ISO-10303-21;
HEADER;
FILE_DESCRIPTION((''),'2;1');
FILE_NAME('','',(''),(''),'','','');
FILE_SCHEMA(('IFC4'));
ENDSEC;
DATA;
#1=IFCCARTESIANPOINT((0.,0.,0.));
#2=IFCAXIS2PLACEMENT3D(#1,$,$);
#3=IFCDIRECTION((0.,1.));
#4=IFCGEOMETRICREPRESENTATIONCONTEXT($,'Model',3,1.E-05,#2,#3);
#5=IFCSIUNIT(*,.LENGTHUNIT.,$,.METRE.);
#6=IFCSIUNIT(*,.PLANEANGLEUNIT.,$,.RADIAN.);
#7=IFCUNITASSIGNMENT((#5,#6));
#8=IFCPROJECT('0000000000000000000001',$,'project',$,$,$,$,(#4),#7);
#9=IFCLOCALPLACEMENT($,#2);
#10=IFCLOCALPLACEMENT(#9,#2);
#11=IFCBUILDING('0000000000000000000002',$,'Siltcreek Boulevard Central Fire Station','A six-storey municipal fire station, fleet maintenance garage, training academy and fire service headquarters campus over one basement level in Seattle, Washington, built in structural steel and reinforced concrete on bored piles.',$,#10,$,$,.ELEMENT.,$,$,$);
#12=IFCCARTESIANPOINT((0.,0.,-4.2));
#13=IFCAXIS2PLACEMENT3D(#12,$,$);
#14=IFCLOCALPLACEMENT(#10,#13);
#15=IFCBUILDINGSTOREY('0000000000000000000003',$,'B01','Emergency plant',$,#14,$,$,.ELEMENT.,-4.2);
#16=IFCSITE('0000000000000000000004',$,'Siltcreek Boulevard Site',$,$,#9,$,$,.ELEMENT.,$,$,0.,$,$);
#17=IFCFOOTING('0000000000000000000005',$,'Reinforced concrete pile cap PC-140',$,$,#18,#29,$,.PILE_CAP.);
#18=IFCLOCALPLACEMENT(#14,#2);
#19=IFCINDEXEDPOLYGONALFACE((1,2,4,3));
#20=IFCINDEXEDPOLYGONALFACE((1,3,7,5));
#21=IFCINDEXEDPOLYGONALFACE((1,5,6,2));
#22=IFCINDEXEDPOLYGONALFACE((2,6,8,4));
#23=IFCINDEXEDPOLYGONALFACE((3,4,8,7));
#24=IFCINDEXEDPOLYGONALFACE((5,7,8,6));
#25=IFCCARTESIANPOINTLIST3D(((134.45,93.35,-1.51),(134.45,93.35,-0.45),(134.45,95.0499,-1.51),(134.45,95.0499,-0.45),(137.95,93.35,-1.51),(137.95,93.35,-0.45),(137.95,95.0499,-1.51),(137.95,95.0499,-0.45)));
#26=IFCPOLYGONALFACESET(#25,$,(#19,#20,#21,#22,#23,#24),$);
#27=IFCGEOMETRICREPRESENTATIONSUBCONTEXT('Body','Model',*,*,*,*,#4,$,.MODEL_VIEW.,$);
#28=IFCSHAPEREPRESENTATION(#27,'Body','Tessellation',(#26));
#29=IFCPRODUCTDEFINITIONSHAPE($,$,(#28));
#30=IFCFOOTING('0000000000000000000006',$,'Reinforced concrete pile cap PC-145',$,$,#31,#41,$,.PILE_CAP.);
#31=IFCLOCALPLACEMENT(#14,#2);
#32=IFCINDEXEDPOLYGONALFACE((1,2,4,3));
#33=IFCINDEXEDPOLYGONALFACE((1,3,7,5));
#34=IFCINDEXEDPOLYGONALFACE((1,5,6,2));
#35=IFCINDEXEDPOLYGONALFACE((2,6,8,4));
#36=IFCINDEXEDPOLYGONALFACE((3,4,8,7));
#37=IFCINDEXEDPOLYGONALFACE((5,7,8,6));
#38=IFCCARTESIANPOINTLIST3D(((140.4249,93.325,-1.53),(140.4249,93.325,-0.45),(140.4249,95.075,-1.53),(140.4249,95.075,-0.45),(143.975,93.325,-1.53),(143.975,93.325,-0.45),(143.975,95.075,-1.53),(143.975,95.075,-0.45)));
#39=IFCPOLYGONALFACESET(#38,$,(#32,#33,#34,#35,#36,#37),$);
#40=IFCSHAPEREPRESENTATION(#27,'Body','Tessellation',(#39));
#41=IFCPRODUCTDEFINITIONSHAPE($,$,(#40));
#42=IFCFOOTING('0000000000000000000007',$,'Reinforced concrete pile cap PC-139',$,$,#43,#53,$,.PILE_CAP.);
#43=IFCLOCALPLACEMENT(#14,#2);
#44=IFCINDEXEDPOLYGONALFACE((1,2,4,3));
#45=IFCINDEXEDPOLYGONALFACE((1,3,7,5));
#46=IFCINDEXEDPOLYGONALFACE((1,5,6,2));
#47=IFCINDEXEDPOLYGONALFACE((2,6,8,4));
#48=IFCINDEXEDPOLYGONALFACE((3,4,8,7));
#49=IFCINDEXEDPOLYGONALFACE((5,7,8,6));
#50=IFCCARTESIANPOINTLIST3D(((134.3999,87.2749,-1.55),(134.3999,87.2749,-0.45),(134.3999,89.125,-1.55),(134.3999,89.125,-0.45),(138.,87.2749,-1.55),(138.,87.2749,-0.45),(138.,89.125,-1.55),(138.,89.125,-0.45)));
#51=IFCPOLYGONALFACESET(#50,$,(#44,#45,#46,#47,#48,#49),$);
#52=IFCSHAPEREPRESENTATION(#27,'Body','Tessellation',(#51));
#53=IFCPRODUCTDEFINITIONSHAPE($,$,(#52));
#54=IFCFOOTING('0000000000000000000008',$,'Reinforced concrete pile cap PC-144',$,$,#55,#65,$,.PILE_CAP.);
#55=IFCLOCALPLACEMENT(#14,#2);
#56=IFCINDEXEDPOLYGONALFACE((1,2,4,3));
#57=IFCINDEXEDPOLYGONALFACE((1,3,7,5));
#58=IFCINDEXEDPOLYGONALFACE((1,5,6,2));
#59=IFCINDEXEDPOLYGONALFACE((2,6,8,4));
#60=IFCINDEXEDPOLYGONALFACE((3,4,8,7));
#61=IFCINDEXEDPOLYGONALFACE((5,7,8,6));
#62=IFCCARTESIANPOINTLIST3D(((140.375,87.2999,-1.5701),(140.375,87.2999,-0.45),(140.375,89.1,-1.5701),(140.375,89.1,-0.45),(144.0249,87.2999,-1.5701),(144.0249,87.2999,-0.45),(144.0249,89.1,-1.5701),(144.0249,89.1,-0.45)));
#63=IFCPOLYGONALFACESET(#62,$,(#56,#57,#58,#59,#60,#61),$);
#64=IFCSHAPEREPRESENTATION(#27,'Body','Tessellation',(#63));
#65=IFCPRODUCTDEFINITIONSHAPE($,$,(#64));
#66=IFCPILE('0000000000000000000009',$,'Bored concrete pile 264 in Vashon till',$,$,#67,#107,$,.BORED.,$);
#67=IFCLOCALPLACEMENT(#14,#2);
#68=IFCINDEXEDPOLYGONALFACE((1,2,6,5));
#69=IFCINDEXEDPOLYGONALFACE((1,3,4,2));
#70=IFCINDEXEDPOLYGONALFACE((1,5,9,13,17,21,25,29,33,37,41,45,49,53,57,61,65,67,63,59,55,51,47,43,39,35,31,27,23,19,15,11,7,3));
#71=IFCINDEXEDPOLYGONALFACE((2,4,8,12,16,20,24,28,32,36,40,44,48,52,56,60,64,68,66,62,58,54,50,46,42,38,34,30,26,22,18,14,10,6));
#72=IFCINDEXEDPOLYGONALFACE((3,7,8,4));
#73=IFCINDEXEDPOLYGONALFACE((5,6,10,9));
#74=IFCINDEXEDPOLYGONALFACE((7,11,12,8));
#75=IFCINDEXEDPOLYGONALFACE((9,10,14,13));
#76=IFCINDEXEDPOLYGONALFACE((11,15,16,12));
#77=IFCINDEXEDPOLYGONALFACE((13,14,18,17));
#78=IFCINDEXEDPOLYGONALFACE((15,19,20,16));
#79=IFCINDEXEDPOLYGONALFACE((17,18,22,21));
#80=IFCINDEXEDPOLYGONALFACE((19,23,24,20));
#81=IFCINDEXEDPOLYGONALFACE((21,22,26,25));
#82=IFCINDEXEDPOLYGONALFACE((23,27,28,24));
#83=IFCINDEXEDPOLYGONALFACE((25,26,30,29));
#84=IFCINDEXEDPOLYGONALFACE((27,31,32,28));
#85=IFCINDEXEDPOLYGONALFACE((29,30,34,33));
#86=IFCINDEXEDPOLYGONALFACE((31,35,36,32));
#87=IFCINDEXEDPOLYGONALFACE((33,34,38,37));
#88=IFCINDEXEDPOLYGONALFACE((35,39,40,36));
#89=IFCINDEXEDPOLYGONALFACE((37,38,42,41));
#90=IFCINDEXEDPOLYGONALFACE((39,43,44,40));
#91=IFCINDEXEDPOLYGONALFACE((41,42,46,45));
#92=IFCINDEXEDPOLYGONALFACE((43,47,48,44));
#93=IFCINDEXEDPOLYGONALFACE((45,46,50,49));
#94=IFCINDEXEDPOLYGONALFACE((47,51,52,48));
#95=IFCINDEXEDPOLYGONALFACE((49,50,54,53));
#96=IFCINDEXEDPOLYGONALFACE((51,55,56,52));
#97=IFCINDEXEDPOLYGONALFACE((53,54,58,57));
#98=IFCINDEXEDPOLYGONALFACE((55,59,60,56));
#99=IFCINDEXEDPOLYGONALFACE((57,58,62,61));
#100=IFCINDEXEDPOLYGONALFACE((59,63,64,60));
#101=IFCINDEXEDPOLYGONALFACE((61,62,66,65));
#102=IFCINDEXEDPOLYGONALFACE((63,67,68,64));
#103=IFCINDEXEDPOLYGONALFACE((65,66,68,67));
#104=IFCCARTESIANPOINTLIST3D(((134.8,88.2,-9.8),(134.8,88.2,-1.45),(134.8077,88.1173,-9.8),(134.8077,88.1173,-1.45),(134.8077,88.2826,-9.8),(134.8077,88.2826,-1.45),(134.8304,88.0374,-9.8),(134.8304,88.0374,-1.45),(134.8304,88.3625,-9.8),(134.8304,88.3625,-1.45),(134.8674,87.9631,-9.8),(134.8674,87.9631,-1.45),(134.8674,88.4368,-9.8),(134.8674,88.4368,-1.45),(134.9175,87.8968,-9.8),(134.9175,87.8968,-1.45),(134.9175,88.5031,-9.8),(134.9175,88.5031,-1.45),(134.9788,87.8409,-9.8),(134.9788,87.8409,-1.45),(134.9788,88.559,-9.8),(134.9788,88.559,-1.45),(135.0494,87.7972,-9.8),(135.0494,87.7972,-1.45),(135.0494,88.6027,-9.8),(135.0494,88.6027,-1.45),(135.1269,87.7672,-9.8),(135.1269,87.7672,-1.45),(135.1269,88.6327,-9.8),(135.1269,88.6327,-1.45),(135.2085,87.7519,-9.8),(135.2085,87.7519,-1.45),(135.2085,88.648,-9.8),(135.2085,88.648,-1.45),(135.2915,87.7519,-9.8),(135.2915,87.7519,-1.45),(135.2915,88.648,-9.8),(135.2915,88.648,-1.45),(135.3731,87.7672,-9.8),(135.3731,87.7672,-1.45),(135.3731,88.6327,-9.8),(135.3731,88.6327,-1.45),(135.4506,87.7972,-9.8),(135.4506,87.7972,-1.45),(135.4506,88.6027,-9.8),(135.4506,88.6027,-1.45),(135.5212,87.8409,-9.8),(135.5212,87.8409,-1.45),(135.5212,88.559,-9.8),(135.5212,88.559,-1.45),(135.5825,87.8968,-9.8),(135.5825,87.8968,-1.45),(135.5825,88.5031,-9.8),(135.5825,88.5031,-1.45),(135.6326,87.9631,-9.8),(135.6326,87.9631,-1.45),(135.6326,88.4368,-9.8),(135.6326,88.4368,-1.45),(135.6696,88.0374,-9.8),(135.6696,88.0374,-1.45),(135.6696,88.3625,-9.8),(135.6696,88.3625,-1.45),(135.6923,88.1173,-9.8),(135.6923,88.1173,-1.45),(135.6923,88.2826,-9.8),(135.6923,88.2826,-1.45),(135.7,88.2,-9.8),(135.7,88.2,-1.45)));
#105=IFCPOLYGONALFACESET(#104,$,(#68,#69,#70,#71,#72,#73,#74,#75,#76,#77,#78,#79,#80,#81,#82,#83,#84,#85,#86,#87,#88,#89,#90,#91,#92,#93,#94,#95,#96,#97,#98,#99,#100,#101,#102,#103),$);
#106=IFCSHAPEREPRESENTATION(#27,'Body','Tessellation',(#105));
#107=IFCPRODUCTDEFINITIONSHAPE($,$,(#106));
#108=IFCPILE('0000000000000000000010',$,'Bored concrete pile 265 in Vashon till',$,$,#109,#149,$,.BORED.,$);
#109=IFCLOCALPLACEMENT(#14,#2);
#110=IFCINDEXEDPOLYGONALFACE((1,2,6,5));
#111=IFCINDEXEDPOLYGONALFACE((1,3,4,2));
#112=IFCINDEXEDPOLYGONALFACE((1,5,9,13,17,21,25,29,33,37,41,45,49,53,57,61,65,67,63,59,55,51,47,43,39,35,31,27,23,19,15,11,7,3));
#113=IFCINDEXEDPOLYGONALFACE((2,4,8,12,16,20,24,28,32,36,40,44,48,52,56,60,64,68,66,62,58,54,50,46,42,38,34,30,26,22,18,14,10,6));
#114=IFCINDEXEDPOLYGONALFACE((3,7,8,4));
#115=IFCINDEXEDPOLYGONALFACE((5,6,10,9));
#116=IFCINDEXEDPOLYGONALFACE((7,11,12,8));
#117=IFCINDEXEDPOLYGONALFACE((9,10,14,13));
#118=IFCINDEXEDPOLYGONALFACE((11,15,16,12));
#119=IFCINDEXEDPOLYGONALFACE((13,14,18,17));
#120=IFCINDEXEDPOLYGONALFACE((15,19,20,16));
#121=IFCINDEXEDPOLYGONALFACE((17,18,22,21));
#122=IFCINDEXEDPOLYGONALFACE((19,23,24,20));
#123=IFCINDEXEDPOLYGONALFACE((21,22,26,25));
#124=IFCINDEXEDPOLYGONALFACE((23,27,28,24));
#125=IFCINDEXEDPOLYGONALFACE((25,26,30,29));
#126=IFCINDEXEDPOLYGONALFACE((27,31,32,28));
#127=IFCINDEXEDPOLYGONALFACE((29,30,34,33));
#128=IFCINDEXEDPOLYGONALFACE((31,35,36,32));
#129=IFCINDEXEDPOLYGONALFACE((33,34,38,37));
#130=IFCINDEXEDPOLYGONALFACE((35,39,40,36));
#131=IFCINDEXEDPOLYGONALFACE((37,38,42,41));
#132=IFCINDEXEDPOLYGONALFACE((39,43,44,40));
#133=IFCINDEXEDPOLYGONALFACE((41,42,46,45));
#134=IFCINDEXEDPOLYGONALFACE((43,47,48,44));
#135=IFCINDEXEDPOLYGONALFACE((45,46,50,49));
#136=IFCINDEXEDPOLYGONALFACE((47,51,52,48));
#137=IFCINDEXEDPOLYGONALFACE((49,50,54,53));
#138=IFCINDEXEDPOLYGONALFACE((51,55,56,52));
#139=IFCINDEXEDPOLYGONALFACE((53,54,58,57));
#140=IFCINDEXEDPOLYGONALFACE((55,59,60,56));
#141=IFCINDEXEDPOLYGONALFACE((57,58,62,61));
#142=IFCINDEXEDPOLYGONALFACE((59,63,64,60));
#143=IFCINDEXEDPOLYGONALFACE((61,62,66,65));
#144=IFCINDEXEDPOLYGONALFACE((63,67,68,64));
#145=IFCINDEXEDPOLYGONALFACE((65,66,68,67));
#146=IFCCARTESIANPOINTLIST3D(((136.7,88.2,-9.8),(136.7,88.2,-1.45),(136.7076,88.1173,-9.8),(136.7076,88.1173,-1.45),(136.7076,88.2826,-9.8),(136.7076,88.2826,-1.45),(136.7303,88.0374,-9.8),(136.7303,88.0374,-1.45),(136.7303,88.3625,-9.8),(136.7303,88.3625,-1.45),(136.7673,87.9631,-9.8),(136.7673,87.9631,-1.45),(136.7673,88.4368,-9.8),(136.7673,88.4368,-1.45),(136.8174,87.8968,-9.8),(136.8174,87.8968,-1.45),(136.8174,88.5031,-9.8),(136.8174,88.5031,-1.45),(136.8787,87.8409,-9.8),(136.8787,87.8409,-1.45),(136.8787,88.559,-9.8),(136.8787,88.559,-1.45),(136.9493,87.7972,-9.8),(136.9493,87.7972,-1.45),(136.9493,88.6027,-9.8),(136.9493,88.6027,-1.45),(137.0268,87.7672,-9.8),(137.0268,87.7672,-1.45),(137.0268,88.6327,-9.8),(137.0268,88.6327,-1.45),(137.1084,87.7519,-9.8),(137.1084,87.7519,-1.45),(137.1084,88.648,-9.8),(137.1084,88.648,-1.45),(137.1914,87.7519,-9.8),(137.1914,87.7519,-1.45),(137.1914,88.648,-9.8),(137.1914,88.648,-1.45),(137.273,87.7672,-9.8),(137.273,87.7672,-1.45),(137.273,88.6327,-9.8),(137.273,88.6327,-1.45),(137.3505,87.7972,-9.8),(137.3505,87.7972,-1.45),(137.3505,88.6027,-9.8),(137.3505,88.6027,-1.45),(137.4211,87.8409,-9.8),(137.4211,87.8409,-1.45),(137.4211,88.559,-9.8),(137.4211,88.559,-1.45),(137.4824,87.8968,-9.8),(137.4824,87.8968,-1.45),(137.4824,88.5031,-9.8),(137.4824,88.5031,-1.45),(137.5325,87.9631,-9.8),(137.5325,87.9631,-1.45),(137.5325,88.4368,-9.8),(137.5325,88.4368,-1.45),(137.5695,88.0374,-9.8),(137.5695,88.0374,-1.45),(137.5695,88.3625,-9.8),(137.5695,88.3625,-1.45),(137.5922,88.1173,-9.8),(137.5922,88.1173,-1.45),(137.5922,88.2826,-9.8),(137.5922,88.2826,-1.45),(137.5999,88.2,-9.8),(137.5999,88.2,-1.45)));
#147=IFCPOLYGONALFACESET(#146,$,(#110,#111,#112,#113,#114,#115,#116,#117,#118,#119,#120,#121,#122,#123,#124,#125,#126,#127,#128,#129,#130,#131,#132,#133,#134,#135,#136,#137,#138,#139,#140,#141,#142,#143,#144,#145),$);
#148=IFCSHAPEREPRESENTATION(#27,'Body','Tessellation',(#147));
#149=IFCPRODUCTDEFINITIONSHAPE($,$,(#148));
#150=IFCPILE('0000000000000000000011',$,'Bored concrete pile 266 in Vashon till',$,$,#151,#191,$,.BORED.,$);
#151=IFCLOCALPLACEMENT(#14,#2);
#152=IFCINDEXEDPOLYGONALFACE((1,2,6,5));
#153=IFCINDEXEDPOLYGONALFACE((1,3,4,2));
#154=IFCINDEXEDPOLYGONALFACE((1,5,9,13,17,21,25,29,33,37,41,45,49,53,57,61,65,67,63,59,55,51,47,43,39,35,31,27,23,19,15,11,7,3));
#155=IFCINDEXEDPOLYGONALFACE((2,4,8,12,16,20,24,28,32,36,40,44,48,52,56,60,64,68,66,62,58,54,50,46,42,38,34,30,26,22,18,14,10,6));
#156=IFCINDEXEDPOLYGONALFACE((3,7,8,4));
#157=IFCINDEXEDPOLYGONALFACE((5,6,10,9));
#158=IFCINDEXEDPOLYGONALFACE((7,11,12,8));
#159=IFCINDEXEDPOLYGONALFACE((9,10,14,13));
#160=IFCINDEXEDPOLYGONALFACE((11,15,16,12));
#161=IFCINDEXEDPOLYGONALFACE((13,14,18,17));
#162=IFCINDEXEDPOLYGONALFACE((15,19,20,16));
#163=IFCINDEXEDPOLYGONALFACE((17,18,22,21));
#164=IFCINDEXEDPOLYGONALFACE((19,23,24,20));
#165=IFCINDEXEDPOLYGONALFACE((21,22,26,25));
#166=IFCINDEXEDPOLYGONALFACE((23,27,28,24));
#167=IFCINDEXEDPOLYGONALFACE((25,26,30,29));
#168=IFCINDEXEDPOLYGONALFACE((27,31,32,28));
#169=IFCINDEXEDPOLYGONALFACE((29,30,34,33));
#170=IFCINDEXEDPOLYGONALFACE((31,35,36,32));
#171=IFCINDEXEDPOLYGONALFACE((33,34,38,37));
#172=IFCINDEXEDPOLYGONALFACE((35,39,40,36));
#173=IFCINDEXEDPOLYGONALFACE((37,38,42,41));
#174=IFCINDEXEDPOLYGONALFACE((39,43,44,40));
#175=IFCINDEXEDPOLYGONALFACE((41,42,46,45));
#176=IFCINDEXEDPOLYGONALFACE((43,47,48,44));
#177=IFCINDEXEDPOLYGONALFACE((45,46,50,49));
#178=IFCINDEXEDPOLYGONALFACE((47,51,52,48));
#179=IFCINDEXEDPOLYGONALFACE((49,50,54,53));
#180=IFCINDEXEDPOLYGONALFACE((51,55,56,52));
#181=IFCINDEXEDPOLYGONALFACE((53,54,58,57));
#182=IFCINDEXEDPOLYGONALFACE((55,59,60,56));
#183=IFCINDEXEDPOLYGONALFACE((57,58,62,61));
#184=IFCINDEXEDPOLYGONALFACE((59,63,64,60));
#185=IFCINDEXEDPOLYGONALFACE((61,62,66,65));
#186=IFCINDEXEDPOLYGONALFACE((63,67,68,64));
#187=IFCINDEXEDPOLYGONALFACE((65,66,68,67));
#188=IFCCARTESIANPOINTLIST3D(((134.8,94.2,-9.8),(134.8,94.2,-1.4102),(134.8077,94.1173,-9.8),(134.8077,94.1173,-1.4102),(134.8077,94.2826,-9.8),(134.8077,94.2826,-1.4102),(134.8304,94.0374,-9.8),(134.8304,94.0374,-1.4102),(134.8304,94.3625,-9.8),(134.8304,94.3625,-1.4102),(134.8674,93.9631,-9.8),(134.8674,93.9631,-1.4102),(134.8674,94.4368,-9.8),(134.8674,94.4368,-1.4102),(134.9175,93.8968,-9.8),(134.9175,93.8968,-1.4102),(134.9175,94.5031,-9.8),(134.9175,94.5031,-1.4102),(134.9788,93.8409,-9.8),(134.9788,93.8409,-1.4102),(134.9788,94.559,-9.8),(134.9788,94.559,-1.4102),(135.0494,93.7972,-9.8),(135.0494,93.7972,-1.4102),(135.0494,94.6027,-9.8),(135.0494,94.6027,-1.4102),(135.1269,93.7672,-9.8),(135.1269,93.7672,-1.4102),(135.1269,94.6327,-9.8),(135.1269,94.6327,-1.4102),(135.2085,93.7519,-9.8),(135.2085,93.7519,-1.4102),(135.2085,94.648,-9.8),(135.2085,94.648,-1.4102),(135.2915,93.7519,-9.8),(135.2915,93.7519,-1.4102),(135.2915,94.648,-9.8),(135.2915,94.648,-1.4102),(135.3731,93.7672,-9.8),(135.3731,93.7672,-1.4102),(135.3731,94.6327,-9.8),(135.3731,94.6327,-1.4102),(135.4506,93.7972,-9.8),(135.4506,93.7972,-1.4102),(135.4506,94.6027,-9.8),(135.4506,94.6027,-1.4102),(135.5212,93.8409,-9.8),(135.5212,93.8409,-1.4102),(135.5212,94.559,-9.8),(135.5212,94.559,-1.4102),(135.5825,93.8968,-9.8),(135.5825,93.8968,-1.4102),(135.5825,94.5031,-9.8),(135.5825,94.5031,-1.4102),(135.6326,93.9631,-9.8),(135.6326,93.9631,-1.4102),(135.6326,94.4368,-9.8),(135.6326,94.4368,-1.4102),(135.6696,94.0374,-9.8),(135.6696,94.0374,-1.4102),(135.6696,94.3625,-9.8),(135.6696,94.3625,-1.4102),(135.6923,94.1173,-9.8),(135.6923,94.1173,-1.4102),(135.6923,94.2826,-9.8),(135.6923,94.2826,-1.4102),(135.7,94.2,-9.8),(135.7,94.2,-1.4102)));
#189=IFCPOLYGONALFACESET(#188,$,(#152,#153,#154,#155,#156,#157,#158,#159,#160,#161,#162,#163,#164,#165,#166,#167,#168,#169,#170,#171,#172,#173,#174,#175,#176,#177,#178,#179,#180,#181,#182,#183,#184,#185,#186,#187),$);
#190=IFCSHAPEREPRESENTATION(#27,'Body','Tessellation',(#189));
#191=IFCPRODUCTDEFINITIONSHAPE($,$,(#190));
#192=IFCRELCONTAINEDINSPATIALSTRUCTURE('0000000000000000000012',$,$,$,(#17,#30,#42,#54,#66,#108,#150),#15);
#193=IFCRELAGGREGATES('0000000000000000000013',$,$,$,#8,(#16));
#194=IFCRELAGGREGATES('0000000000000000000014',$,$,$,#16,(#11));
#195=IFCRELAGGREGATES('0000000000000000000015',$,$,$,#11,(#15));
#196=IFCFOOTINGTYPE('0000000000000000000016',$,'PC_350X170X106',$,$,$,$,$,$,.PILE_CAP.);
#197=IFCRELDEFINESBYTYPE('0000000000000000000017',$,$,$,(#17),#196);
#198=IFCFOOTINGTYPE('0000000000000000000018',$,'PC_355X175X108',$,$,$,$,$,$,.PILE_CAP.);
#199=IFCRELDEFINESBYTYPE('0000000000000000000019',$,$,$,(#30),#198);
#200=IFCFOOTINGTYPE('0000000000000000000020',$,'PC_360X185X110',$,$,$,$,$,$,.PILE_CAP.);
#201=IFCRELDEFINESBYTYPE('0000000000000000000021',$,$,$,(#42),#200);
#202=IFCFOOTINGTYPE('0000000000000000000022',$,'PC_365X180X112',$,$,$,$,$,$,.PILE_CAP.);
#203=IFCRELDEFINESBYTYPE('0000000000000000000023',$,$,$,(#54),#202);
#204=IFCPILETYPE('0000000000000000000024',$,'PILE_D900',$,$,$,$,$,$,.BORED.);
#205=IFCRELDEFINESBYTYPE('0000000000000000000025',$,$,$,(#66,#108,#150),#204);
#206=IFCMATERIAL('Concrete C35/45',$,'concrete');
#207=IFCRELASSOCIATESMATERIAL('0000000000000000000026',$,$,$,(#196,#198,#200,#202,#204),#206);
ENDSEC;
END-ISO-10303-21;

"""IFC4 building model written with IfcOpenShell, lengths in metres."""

from ifc_helpers import new_model, si_unit, direction, frame, origin, origin_2d, place, context, subcontext, project, spatial, rectangle, circle, extrude, material, material_profile, profile_set, type_object, element, save


model = new_model("IFC4")

# Units and contexts
model_context = context("Model", 3, precision=1e-05, world=origin(), true_north=direction((0.0, 1.0)))
body_context = subcontext(model_context, "Body", "Model", "MODEL_VIEW")
ifc_project = project(units=[si_unit("LENGTHUNIT", "METRE"), si_unit("PLANEANGLEUNIT", "RADIAN")], contexts=[model_context])

# Site, building, storey
site_placement = place(None, origin())
site = spatial("IfcSite", under=ifc_project, at=site_placement, Name="Siltcreek Boulevard Site", CompositionType="ELEMENT", RefElevation=0.0)
building_placement = place(site_placement, origin())
building = spatial("IfcBuilding", under=site, at=building_placement, Name="Siltcreek Boulevard Central Fire Station", Description="A six-storey municipal fire station, fleet maintenance garage, training academy and fire service headquarters campus over one basement level in Seattle, Washington, built in structural steel and reinforced concrete on bored piles.", CompositionType="ELEMENT")
storey_placement = place(building_placement, frame((0.0, 0.0, -4.2)))
storey = spatial("IfcBuildingStorey", under=building, at=storey_placement, Name="B01", Description="Emergency plant", CompositionType="ELEMENT", Elevation=-4.2)

# Footings
ifc_material_1 = material(Name="Concrete C35/45", Category="concrete")
footing_type_1 = type_object("IfcFootingType", Name="PC_350X170X106", PredefinedType="PILE_CAP", material=ifc_material_1)
footing_1_placement = place(storey_placement, frame((136.2, 94.2, -1.51), z_axis=(0.0, 0.0, 1.0), x_axis=(1.0, 0.0, 0.0)))
element("IfcFooting", 1, at=footing_1_placement, inside=storey, type_object=footing_type_1, Name="Reinforced concrete pile cap PC-140", PredefinedType="PILE_CAP", context=body_context, shape_type="SweptSolid", body=[
    extrude(rectangle(XDim=3.5, YDim=1.7, at=origin_2d()), origin(), (0.0, 0.0, 1.0), 1.0601),
])
footing_type_2 = type_object("IfcFootingType", Name="PC_355X175X108", PredefinedType="PILE_CAP", material=ifc_material_1)
footing_2_placement = place(storey_placement, frame((142.2, 94.2, -1.53), z_axis=(0.0, 0.0, 1.0), x_axis=(1.0, 0.0, 0.0)))
element("IfcFooting", 2, at=footing_2_placement, inside=storey, type_object=footing_type_2, Name="Reinforced concrete pile cap PC-145", PredefinedType="PILE_CAP", context=body_context, shape_type="SweptSolid", body=[
    extrude(rectangle(XDim=3.55, YDim=1.75, at=origin_2d()), origin(), (0.0, 0.0, 1.0), 1.0801),
])
footing_type_3 = type_object("IfcFootingType", Name="PC_360X185X110", PredefinedType="PILE_CAP", material=ifc_material_1)
footing_3_placement = place(storey_placement, frame((136.2, 88.2, -1.55), z_axis=(0.0, 0.0, 1.0), x_axis=(1.0, 0.0, 0.0)))
element("IfcFooting", 3, at=footing_3_placement, inside=storey, type_object=footing_type_3, Name="Reinforced concrete pile cap PC-139", PredefinedType="PILE_CAP", context=body_context, shape_type="SweptSolid", body=[
    extrude(rectangle(XDim=3.6001, YDim=1.8501, at=origin_2d()), origin(), (0.0, 0.0, 1.0), 1.1001),
])
footing_type_4 = type_object("IfcFootingType", Name="PC_365X180X112", PredefinedType="PILE_CAP", material=ifc_material_1)
footing_4_placement = place(storey_placement, frame((142.2, 88.2, -1.5701), z_axis=(0.0, 0.0, 1.0), x_axis=(1.0, 0.0, 0.0)))
element("IfcFooting", 4, at=footing_4_placement, inside=storey, type_object=footing_type_4, Name="Reinforced concrete pile cap PC-144", PredefinedType="PILE_CAP", context=body_context, shape_type="SweptSolid", body=[
    extrude(rectangle(XDim=3.6499, YDim=1.8, at=origin_2d()), origin(), (0.0, 0.0, 1.0), 1.1201),
])

# Piles
ifc_material_profile_1 = material_profile(ifc_material_1, circle(Radius=0.45, at=origin_2d()), Name="SHAFT900")
ifc_profile_set_1 = profile_set([ifc_material_profile_1], Name="Concrete C35/45")
pile_type = type_object("IfcPileType", Name="PILE_D900", PredefinedType="BORED", material=ifc_profile_set_1)
for number, where, z_axis, x_axis, name in (
    (5, (135.25, 88.2, -1.45), (0.0, 0.0, -1.0), (1.0, 0.0, 0.0), "Bored concrete pile 264 in Vashon till"),
    (6, (137.1499, 88.2, -1.45), (0.0, 0.0, -1.0), (1.0, 0.0, 0.0), "Bored concrete pile 265 in Vashon till"),
):
    element("IfcPile", number, at=place(storey_placement, frame(where, z_axis=z_axis, x_axis=x_axis)), inside=storey, type_object=pile_type, Name=name, PredefinedType="BORED", context=body_context, shape_type="SweptSolid", body=[
        extrude(circle(Radius=0.45, at=origin_2d()), origin(), (0.0, 0.0, 1.0), 8.3501),
    ])
for number, where, z_axis, x_axis, name in (
    (7, (135.25, 94.2, -1.4102), (0.0, 0.0, -1.0), (1.0, 0.0, 0.0), "Bored concrete pile 266 in Vashon till"),
):
    element("IfcPile", number, at=place(storey_placement, frame(where, z_axis=z_axis, x_axis=x_axis)), inside=storey, type_object=pile_type, Name=name, PredefinedType="BORED", context=body_context, shape_type="SweptSolid", body=[
        extrude(circle(Radius=0.45, at=origin_2d()), origin(), (0.0, 0.0, 1.0), 8.3899),
    ])

save(model, "model.ifc")
